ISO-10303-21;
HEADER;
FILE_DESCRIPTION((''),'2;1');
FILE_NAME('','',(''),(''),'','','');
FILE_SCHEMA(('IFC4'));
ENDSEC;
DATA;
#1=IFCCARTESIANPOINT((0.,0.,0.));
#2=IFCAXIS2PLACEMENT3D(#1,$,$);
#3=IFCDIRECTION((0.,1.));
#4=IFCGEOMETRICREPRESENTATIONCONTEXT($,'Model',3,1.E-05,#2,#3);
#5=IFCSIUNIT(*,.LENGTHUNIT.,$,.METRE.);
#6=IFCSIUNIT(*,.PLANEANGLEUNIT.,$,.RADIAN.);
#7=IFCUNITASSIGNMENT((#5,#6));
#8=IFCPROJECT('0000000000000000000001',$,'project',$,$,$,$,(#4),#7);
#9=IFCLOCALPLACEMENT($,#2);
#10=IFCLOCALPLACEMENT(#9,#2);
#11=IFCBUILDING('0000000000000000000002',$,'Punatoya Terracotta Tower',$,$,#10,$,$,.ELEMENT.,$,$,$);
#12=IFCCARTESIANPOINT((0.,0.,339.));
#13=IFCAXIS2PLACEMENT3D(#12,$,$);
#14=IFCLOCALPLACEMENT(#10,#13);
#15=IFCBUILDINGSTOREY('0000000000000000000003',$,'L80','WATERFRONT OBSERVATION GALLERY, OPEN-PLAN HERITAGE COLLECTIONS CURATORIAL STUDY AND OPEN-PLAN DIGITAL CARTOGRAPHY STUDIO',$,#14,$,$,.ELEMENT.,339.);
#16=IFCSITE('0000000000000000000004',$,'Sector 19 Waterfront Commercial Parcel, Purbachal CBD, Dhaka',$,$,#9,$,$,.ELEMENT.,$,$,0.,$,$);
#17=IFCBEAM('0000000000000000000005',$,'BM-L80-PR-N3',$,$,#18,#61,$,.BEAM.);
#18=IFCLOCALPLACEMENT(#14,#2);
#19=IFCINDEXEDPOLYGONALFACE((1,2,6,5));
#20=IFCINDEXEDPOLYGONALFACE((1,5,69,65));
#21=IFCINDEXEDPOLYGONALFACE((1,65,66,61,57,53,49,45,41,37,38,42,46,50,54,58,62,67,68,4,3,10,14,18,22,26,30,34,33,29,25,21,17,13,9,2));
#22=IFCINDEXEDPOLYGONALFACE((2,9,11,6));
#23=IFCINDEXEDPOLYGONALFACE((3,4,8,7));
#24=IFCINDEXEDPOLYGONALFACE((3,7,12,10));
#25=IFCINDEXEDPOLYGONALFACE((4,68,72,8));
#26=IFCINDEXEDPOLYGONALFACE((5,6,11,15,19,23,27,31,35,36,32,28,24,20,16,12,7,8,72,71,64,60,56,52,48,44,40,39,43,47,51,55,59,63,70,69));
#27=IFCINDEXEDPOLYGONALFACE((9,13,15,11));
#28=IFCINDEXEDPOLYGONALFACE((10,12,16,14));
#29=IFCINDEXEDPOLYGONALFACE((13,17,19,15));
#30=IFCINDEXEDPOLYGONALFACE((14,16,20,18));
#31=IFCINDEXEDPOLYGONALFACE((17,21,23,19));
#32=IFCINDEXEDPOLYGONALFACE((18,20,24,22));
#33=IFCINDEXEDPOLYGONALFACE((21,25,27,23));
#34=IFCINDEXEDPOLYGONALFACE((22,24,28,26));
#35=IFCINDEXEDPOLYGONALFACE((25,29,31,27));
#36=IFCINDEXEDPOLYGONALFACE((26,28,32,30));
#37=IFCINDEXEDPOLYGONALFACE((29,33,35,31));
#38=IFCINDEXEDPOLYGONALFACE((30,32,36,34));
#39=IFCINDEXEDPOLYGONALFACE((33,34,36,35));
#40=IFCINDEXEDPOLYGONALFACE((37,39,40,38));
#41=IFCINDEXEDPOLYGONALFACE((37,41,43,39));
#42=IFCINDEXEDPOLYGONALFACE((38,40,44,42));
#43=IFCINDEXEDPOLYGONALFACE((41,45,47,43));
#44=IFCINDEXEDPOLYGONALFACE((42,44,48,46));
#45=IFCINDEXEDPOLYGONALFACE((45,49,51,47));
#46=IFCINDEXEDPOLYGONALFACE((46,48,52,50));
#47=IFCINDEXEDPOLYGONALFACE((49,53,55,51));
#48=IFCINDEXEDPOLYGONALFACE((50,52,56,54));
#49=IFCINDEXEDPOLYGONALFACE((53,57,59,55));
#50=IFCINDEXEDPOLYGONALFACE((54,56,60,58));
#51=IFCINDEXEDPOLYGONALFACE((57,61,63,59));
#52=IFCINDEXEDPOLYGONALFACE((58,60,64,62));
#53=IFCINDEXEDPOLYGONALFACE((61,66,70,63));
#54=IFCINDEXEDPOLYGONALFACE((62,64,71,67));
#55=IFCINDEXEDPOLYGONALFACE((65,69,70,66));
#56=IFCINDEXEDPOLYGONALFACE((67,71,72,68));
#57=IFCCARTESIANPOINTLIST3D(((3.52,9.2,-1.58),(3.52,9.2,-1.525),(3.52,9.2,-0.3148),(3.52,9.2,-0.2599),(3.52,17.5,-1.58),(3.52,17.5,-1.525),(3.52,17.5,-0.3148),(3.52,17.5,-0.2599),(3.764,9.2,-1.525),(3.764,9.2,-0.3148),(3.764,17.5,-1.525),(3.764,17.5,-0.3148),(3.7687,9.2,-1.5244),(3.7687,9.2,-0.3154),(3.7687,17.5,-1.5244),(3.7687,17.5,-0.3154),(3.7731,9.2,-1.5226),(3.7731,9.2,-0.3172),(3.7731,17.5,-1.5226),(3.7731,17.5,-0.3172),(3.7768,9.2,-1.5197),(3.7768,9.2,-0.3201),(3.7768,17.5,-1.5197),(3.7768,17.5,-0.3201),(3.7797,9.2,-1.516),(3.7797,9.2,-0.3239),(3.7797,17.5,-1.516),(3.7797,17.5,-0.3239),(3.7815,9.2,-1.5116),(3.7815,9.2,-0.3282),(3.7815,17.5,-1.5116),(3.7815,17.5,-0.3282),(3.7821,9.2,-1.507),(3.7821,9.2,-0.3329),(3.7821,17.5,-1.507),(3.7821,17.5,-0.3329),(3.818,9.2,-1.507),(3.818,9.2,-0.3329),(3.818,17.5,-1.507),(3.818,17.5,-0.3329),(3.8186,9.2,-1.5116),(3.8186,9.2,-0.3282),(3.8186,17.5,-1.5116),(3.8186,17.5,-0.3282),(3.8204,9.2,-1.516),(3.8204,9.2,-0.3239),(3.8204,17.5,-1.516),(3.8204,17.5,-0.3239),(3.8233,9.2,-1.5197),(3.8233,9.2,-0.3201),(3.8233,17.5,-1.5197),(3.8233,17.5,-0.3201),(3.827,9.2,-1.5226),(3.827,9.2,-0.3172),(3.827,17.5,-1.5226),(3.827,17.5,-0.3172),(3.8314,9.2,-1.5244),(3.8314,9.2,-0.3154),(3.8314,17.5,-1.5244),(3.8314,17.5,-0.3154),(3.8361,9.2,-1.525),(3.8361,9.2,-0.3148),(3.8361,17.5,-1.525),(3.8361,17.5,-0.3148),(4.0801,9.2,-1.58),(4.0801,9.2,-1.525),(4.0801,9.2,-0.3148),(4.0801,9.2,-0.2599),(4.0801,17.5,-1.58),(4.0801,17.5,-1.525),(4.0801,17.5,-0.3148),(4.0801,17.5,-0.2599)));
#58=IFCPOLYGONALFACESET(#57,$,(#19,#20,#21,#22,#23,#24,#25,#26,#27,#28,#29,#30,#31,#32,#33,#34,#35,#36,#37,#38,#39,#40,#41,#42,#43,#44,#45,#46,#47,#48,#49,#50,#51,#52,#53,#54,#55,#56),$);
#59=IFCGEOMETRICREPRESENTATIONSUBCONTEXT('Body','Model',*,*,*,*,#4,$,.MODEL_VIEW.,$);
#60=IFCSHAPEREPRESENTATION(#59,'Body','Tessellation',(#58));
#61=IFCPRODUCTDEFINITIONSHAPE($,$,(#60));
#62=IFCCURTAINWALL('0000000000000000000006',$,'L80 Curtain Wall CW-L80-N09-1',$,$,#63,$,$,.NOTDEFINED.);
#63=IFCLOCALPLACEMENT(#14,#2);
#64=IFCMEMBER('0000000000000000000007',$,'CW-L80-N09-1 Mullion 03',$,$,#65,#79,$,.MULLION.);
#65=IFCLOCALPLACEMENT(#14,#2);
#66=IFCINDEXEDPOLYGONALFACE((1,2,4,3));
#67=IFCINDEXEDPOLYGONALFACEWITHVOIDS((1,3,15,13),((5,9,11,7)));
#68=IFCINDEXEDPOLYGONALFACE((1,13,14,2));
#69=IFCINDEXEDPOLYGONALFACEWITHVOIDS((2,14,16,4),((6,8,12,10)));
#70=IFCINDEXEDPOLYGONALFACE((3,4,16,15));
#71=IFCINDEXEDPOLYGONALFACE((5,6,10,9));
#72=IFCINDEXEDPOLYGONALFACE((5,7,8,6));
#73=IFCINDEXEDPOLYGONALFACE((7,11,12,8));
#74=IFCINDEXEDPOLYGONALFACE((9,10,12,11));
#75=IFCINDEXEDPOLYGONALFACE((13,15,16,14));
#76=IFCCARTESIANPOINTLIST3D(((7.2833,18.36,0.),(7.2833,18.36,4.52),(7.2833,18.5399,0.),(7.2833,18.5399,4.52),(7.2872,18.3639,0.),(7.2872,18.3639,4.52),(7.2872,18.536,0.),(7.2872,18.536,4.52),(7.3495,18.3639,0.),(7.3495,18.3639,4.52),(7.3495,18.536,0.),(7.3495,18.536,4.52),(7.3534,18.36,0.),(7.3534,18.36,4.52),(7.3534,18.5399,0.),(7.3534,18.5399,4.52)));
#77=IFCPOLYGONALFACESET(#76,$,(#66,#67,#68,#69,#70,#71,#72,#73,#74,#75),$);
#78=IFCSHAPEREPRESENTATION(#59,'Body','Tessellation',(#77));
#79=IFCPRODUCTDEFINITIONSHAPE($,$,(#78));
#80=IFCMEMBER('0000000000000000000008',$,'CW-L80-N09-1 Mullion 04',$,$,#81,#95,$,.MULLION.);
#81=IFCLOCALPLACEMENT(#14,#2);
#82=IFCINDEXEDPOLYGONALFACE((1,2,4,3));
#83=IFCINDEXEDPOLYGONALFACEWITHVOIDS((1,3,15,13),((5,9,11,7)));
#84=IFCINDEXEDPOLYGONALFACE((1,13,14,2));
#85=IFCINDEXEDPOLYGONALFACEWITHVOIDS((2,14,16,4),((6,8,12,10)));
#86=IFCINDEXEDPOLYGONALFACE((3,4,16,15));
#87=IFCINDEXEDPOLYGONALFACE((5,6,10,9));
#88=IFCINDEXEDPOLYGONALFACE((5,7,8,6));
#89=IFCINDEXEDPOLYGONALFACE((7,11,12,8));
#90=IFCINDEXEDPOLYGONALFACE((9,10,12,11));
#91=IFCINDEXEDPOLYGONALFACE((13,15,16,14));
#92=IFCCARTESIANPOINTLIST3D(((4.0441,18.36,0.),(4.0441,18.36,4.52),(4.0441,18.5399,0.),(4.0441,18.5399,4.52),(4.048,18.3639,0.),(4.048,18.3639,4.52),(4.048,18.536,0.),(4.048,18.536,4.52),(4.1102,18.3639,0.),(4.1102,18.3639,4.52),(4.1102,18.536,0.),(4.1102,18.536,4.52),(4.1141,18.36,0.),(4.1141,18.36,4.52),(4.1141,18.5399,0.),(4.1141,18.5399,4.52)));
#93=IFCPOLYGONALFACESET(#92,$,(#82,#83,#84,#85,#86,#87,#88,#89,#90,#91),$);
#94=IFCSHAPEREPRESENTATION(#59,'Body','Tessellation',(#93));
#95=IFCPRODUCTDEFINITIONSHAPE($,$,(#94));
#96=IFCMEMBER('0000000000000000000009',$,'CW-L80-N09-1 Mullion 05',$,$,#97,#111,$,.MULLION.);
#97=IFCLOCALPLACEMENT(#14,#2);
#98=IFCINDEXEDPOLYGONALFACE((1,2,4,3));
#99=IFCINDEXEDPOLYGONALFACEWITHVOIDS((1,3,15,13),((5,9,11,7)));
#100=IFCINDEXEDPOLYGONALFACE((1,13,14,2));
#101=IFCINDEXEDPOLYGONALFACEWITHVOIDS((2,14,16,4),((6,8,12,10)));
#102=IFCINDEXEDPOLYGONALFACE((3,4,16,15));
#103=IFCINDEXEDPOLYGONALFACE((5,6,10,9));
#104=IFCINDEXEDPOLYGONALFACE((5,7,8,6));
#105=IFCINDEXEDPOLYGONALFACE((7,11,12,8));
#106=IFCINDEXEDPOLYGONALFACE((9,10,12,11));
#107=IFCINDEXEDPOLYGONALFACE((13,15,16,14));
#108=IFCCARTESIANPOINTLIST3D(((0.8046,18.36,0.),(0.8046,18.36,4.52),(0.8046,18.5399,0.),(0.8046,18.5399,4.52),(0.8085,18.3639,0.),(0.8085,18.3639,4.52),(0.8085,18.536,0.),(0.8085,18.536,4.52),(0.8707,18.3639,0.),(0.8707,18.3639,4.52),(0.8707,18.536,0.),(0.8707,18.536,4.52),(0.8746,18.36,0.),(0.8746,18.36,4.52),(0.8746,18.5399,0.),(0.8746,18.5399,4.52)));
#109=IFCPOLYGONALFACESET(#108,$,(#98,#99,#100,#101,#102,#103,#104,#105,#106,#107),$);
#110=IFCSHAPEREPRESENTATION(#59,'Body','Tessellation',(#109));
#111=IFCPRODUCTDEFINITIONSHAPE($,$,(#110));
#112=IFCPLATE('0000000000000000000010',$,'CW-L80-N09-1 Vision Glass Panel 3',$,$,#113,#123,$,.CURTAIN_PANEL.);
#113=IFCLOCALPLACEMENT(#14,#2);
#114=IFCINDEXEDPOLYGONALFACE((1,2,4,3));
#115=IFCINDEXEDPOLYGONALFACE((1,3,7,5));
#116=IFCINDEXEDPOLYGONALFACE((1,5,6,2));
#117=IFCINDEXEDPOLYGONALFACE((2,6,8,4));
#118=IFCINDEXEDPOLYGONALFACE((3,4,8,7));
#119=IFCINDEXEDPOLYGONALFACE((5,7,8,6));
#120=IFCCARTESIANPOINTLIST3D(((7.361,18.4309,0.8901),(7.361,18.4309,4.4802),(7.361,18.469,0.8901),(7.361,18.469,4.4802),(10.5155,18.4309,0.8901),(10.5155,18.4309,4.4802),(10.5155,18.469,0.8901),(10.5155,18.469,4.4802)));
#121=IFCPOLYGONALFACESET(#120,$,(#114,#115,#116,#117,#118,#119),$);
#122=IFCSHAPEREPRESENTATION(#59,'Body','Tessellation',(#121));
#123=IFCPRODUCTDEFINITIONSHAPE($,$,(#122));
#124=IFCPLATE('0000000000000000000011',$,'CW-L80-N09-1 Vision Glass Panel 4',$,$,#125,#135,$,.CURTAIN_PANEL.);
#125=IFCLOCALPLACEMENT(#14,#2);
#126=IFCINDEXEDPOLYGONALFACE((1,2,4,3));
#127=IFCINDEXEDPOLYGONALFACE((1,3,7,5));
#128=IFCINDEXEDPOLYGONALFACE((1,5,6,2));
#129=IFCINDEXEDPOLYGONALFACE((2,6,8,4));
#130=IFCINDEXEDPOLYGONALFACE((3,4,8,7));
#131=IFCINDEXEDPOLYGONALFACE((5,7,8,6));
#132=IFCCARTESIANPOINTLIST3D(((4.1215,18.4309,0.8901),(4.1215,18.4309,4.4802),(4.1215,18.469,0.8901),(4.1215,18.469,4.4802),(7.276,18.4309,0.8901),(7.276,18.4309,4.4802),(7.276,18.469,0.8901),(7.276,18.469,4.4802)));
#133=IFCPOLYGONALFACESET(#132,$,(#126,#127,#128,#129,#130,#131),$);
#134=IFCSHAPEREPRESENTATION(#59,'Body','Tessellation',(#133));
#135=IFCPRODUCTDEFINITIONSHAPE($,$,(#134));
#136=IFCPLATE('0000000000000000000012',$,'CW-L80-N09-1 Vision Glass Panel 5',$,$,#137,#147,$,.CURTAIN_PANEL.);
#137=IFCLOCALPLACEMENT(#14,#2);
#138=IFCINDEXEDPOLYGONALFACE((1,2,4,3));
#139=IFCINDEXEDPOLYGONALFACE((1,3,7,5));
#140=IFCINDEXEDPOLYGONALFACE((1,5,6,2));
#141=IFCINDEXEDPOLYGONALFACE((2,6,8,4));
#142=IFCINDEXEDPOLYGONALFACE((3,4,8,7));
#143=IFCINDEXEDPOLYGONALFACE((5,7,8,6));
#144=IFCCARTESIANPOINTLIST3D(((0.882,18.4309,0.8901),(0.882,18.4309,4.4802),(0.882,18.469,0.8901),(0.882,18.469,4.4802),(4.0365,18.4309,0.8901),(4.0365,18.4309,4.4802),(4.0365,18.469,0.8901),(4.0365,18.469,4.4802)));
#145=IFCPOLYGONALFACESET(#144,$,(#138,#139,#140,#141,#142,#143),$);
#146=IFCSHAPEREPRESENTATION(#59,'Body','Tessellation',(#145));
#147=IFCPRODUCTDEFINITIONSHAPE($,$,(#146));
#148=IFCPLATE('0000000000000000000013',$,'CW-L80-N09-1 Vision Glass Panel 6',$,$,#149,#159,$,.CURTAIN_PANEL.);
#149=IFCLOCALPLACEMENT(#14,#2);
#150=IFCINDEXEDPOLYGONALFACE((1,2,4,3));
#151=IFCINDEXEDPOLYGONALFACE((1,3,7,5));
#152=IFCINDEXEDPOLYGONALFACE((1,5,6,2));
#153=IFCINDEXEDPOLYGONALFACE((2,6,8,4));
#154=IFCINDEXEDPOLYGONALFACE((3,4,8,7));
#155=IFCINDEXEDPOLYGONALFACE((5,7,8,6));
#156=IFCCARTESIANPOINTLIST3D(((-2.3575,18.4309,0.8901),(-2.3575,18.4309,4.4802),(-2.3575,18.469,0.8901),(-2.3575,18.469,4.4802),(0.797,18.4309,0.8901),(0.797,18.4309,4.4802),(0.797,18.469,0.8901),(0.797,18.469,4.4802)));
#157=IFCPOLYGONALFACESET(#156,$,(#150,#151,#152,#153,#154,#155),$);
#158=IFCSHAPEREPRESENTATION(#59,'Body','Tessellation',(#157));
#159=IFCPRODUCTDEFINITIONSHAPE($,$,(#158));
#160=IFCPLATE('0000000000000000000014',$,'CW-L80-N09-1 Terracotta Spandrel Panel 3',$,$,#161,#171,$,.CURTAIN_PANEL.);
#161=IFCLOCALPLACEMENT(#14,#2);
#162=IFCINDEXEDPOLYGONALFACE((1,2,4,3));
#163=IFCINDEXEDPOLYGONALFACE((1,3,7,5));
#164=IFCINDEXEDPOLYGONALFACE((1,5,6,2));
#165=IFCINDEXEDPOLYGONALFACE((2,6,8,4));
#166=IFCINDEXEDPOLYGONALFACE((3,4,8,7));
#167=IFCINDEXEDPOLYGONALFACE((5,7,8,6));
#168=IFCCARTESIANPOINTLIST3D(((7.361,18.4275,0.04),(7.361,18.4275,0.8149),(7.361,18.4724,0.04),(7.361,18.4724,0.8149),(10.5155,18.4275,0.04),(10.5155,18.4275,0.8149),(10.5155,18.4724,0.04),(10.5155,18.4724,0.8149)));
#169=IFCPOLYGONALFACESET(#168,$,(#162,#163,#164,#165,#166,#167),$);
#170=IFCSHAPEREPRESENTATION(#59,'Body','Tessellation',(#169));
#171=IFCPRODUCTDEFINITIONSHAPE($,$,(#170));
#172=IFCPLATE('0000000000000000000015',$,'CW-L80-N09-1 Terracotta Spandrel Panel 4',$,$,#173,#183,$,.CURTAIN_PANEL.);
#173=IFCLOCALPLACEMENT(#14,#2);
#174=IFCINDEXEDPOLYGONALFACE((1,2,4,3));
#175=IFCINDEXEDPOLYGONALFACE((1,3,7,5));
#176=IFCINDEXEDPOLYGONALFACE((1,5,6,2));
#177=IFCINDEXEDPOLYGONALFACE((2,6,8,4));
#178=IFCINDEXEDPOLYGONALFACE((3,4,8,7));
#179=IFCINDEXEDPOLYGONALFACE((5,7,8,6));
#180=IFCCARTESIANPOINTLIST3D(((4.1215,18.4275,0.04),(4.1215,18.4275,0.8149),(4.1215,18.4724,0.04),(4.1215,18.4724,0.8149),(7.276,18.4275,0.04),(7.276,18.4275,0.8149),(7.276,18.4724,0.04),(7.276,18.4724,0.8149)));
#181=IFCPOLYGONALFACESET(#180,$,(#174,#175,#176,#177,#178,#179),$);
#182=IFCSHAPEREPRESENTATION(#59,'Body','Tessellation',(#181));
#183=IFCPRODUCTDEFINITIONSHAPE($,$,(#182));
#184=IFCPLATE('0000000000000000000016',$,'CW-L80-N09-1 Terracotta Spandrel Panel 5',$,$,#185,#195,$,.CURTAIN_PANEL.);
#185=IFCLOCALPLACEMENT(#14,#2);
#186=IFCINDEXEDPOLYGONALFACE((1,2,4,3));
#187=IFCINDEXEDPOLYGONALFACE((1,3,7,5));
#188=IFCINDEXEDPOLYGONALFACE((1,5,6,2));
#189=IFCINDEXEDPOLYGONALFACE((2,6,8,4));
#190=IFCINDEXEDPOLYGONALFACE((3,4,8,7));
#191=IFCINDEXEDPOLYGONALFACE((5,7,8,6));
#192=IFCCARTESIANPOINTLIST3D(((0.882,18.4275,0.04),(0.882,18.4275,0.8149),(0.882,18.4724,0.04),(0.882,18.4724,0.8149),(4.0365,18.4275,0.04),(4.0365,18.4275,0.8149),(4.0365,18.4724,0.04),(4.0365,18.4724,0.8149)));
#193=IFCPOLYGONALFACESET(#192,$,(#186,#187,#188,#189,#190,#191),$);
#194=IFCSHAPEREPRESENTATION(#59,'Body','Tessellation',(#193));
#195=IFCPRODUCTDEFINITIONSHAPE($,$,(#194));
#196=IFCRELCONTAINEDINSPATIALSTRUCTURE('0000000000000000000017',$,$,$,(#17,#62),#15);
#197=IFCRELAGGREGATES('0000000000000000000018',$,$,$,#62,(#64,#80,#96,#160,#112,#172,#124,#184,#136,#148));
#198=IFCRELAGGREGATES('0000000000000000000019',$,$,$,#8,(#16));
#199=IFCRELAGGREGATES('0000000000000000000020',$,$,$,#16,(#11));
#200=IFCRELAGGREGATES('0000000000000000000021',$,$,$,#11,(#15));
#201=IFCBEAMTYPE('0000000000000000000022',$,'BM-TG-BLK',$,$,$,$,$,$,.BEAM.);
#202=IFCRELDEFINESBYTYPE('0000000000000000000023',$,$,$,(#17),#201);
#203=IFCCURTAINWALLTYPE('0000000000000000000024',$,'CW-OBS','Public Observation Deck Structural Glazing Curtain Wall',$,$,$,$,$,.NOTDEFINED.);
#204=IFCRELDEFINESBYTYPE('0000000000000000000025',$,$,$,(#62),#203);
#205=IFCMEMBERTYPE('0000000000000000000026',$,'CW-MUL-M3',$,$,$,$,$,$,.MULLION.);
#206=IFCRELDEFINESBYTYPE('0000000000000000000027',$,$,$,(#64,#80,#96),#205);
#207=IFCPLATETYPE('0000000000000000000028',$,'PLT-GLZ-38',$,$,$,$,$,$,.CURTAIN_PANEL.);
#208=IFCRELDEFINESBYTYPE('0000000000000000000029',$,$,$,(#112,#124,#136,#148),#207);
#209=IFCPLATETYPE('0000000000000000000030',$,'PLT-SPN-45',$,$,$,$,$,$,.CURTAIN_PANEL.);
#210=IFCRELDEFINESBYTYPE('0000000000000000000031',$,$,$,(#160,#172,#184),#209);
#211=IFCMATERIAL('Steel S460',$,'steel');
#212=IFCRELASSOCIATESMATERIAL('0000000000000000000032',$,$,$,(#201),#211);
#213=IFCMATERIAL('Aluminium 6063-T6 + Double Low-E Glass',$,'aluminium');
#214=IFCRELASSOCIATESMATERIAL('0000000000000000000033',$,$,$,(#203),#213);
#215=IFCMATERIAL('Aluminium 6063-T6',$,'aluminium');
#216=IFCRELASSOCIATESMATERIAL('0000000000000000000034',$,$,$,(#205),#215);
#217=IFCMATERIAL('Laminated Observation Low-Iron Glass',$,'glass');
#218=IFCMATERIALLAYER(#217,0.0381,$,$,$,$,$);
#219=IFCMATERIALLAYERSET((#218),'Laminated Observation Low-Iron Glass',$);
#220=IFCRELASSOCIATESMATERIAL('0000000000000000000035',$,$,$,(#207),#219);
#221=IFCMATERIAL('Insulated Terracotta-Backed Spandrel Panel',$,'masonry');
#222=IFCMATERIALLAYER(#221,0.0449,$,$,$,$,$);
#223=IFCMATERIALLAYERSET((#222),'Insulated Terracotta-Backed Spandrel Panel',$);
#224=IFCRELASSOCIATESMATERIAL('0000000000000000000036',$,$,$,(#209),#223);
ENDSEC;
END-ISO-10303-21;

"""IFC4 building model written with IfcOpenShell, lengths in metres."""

from ifc_helpers import new_model, si_unit, direction, frame, origin, origin_2d, place, context, subcontext, project, spatial, rectangle, hollow_rectangle, i_section, extrude, material, layer, layer_set, material_profile, profile_set, type_object, element, aggregate, save


model = new_model("IFC4")

# Units and contexts
model_context = context("Model", 3, precision=1e-05, world=origin(), true_north=direction((0.0, 1.0)))
body_context = subcontext(model_context, "Body", "Model", "MODEL_VIEW")
ifc_project = project(units=[si_unit("LENGTHUNIT", "METRE"), si_unit("PLANEANGLEUNIT", "RADIAN")], contexts=[model_context])

# Site, building, storey
site_placement = place(None, origin())
site = spatial("IfcSite", under=ifc_project, at=site_placement, Name="Sector 19 Waterfront Commercial Parcel, Purbachal CBD, Dhaka", CompositionType="ELEMENT", RefElevation=0.0)
building_placement = place(site_placement, origin())
building = spatial("IfcBuilding", under=site, at=building_placement, Name="Punatoya Terracotta Tower", CompositionType="ELEMENT")
storey_placement = place(building_placement, frame((0.0, 0.0, 339.0)))
storey = spatial("IfcBuildingStorey", under=building, at=storey_placement, Name="L80", Description="WATERFRONT OBSERVATION GALLERY, OPEN-PLAN HERITAGE COLLECTIONS CURATORIAL STUDY AND OPEN-PLAN DIGITAL CARTOGRAPHY STUDIO", CompositionType="ELEMENT", Elevation=339.0)

# Shared definitions
ifc_material_1 = material(Name="Steel S460", Category="steel")

# Beam
ifc_material_profile_1 = material_profile(ifc_material_1, i_section(OverallWidth=0.5601, OverallDepth=1.3201, WebThickness=0.0359, FlangeThickness=0.0549, FilletRadius=0.0181, at=origin_2d()))
ifc_profile_set_1 = profile_set([ifc_material_profile_1], Name="Steel S460")
beam_type_1 = type_object("IfcBeamType", Name="BM-TG-BLK", PredefinedType="BEAM", material=ifc_profile_set_1)
beam_1_placement = place(storey_placement, frame((3.8, 9.2, -0.9199), z_axis=(0.0, 1.0, 0.0), x_axis=(-1.0, 0.0, 0.0)))
element("IfcBeam", 1, at=beam_1_placement, inside=storey, type_object=beam_type_1, Name="BM-L80-PR-N3", PredefinedType="BEAM", context=body_context, shape_type="SweptSolid", body=[
    extrude(i_section(OverallWidth=0.5601, OverallDepth=1.3201, WebThickness=0.0359, FlangeThickness=0.0549, FilletRadius=0.0181, at=origin_2d()), origin(), (0.0, 0.0, 1.0), 8.3),
])

# Curtain wall, members, plates
ifc_material_2 = material(Name="Aluminium 6063-T6 + Double Low-E Glass", Category="aluminium")
curtain_wall_type = type_object("IfcCurtainWallType", Name="CW-OBS", Description="Public Observation Deck Structural Glazing Curtain Wall", PredefinedType="NOTDEFINED", material=ifc_material_2)
curtain_wall_placement = place(storey_placement, origin())
curtain_wall = element("IfcCurtainWall", 2, at=curtain_wall_placement, inside=storey, type_object=curtain_wall_type, Name="L80 Curtain Wall CW-L80-N09-1", PredefinedType="NOTDEFINED")
ifc_material_3 = material(Name="Aluminium 6063-T6", Category="aluminium")
ifc_material_profile_2 = material_profile(ifc_material_3, hollow_rectangle(XDim=0.0701, YDim=0.1799, WallThickness=0.0039, at=origin_2d()))
ifc_profile_set_2 = profile_set([ifc_material_profile_2], Name="Aluminium 6063-T6")
member_type = type_object("IfcMemberType", Name="CW-MUL-M3", PredefinedType="MULLION", material=ifc_profile_set_2)
member_1_placement = place(storey_placement, frame((7.3184, 18.45, 0.0), z_axis=(0.0, 0.0, 1.0), x_axis=(1.0, 0.0, 0.0)))
member_1 = element("IfcMember", 3, at=member_1_placement, type_object=member_type, Name="CW-L80-N09-1 Mullion 03", PredefinedType="MULLION", context=body_context, shape_type="SweptSolid", body=[
    extrude(hollow_rectangle(XDim=0.0701, YDim=0.1799, WallThickness=0.0039, at=origin_2d()), origin(), (0.0, 0.0, 1.0), 4.52),
])
member_2_placement = place(storey_placement, frame((4.0791, 18.45, 0.0), z_axis=(0.0, 0.0, 1.0), x_axis=(1.0, 0.0, 0.0)))
member_2 = element("IfcMember", 4, at=member_2_placement, type_object=member_type, Name="CW-L80-N09-1 Mullion 04", PredefinedType="MULLION", context=body_context, shape_type="SweptSolid", body=[
    extrude(hollow_rectangle(XDim=0.0701, YDim=0.1799, WallThickness=0.0039, at=origin_2d()), origin(), (0.0, 0.0, 1.0), 4.52),
])
member_3_placement = place(storey_placement, frame((0.8396, 18.45, 0.0), z_axis=(0.0, 0.0, 1.0), x_axis=(1.0, 0.0, 0.0)))
member_3 = element("IfcMember", 5, at=member_3_placement, type_object=member_type, Name="CW-L80-N09-1 Mullion 05", PredefinedType="MULLION", context=body_context, shape_type="SweptSolid", body=[
    extrude(hollow_rectangle(XDim=0.0701, YDim=0.1799, WallThickness=0.0039, at=origin_2d()), origin(), (0.0, 0.0, 1.0), 4.52),
])
ifc_material_4 = material(Name="Laminated Observation Low-Iron Glass", Category="glass")
ifc_layer_1 = layer(ifc_material_4, 0.0381)
ifc_layer_set_1 = layer_set([ifc_layer_1], Name="Laminated Observation Low-Iron Glass")
plate_type_1 = type_object("IfcPlateType", Name="PLT-GLZ-38", PredefinedType="CURTAIN_PANEL", material=ifc_layer_set_1)
plate_1_placement = place(storey_placement, frame((8.9382, 18.45, 0.8901), z_axis=(0.0, 0.0, 1.0), x_axis=(-1.0, 0.0, 0.0)))
plate_1 = element("IfcPlate", 6, at=plate_1_placement, type_object=plate_type_1, Name="CW-L80-N09-1 Vision Glass Panel 3", PredefinedType="CURTAIN_PANEL", context=body_context, shape_type="SweptSolid", body=[
    extrude(rectangle(XDim=3.1545, YDim=0.0381, at=origin_2d()), origin(), (0.0, 0.0, 1.0), 3.5901),
])
plate_2_placement = place(storey_placement, frame((5.6987, 18.45, 0.8901), z_axis=(0.0, 0.0, 1.0), x_axis=(-1.0, 0.0, 0.0)))
plate_2 = element("IfcPlate", 7, at=plate_2_placement, type_object=plate_type_1, Name="CW-L80-N09-1 Vision Glass Panel 4", PredefinedType="CURTAIN_PANEL", context=body_context, shape_type="SweptSolid", body=[
    extrude(rectangle(XDim=3.1545, YDim=0.0381, at=origin_2d()), origin(), (0.0, 0.0, 1.0), 3.5901),
])
plate_3_placement = place(storey_placement, frame((2.4592, 18.45, 0.8901), z_axis=(0.0, 0.0, 1.0), x_axis=(-1.0, 0.0, 0.0)))
plate_3 = element("IfcPlate", 8, at=plate_3_placement, type_object=plate_type_1, Name="CW-L80-N09-1 Vision Glass Panel 5", PredefinedType="CURTAIN_PANEL", context=body_context, shape_type="SweptSolid", body=[
    extrude(rectangle(XDim=3.1545, YDim=0.0381, at=origin_2d()), origin(), (0.0, 0.0, 1.0), 3.5901),
])
plate_4_placement = place(storey_placement, frame((-0.7803, 18.45, 0.8901), z_axis=(0.0, 0.0, 1.0), x_axis=(-1.0, 0.0, 0.0)))
plate_4 = element("IfcPlate", 9, at=plate_4_placement, type_object=plate_type_1, Name="CW-L80-N09-1 Vision Glass Panel 6", PredefinedType="CURTAIN_PANEL", context=body_context, shape_type="SweptSolid", body=[
    extrude(rectangle(XDim=3.1545, YDim=0.0381, at=origin_2d()), origin(), (0.0, 0.0, 1.0), 3.5901),
])
ifc_material_5 = material(Name="Insulated Terracotta-Backed Spandrel Panel", Category="masonry")
ifc_layer_2 = layer(ifc_material_5, 0.0449)
ifc_layer_set_2 = layer_set([ifc_layer_2], Name="Insulated Terracotta-Backed Spandrel Panel")
plate_type_2 = type_object("IfcPlateType", Name="PLT-SPN-45", PredefinedType="CURTAIN_PANEL", material=ifc_layer_set_2)
plate_5_placement = place(storey_placement, frame((8.9382, 18.45, 0.04), z_axis=(0.0, 0.0, 1.0), x_axis=(-1.0, 0.0, 0.0)))
plate_5 = element("IfcPlate", 10, at=plate_5_placement, type_object=plate_type_2, Name="CW-L80-N09-1 Terracotta Spandrel Panel 3", PredefinedType="CURTAIN_PANEL", context=body_context, shape_type="SweptSolid", body=[
    extrude(rectangle(XDim=3.1545, YDim=0.0449, at=origin_2d()), origin(), (0.0, 0.0, 1.0), 0.7749),
])
plate_6_placement = place(storey_placement, frame((5.6987, 18.45, 0.04), z_axis=(0.0, 0.0, 1.0), x_axis=(-1.0, 0.0, 0.0)))
plate_6 = element("IfcPlate", 11, at=plate_6_placement, type_object=plate_type_2, Name="CW-L80-N09-1 Terracotta Spandrel Panel 4", PredefinedType="CURTAIN_PANEL", context=body_context, shape_type="SweptSolid", body=[
    extrude(rectangle(XDim=3.1545, YDim=0.0449, at=origin_2d()), origin(), (0.0, 0.0, 1.0), 0.7749),
])
plate_7_placement = place(storey_placement, frame((2.4592, 18.45, 0.04), z_axis=(0.0, 0.0, 1.0), x_axis=(-1.0, 0.0, 0.0)))
plate_7 = element("IfcPlate", 12, at=plate_7_placement, type_object=plate_type_2, Name="CW-L80-N09-1 Terracotta Spandrel Panel 5", PredefinedType="CURTAIN_PANEL", context=body_context, shape_type="SweptSolid", body=[
    extrude(rectangle(XDim=3.1545, YDim=0.0449, at=origin_2d()), origin(), (0.0, 0.0, 1.0), 0.7749),
])
aggregate(curtain_wall, [member_1, member_2, member_3, plate_5, plate_1, plate_6, plate_2, plate_7, plate_3, plate_4])

save(model, "model.ifc")
